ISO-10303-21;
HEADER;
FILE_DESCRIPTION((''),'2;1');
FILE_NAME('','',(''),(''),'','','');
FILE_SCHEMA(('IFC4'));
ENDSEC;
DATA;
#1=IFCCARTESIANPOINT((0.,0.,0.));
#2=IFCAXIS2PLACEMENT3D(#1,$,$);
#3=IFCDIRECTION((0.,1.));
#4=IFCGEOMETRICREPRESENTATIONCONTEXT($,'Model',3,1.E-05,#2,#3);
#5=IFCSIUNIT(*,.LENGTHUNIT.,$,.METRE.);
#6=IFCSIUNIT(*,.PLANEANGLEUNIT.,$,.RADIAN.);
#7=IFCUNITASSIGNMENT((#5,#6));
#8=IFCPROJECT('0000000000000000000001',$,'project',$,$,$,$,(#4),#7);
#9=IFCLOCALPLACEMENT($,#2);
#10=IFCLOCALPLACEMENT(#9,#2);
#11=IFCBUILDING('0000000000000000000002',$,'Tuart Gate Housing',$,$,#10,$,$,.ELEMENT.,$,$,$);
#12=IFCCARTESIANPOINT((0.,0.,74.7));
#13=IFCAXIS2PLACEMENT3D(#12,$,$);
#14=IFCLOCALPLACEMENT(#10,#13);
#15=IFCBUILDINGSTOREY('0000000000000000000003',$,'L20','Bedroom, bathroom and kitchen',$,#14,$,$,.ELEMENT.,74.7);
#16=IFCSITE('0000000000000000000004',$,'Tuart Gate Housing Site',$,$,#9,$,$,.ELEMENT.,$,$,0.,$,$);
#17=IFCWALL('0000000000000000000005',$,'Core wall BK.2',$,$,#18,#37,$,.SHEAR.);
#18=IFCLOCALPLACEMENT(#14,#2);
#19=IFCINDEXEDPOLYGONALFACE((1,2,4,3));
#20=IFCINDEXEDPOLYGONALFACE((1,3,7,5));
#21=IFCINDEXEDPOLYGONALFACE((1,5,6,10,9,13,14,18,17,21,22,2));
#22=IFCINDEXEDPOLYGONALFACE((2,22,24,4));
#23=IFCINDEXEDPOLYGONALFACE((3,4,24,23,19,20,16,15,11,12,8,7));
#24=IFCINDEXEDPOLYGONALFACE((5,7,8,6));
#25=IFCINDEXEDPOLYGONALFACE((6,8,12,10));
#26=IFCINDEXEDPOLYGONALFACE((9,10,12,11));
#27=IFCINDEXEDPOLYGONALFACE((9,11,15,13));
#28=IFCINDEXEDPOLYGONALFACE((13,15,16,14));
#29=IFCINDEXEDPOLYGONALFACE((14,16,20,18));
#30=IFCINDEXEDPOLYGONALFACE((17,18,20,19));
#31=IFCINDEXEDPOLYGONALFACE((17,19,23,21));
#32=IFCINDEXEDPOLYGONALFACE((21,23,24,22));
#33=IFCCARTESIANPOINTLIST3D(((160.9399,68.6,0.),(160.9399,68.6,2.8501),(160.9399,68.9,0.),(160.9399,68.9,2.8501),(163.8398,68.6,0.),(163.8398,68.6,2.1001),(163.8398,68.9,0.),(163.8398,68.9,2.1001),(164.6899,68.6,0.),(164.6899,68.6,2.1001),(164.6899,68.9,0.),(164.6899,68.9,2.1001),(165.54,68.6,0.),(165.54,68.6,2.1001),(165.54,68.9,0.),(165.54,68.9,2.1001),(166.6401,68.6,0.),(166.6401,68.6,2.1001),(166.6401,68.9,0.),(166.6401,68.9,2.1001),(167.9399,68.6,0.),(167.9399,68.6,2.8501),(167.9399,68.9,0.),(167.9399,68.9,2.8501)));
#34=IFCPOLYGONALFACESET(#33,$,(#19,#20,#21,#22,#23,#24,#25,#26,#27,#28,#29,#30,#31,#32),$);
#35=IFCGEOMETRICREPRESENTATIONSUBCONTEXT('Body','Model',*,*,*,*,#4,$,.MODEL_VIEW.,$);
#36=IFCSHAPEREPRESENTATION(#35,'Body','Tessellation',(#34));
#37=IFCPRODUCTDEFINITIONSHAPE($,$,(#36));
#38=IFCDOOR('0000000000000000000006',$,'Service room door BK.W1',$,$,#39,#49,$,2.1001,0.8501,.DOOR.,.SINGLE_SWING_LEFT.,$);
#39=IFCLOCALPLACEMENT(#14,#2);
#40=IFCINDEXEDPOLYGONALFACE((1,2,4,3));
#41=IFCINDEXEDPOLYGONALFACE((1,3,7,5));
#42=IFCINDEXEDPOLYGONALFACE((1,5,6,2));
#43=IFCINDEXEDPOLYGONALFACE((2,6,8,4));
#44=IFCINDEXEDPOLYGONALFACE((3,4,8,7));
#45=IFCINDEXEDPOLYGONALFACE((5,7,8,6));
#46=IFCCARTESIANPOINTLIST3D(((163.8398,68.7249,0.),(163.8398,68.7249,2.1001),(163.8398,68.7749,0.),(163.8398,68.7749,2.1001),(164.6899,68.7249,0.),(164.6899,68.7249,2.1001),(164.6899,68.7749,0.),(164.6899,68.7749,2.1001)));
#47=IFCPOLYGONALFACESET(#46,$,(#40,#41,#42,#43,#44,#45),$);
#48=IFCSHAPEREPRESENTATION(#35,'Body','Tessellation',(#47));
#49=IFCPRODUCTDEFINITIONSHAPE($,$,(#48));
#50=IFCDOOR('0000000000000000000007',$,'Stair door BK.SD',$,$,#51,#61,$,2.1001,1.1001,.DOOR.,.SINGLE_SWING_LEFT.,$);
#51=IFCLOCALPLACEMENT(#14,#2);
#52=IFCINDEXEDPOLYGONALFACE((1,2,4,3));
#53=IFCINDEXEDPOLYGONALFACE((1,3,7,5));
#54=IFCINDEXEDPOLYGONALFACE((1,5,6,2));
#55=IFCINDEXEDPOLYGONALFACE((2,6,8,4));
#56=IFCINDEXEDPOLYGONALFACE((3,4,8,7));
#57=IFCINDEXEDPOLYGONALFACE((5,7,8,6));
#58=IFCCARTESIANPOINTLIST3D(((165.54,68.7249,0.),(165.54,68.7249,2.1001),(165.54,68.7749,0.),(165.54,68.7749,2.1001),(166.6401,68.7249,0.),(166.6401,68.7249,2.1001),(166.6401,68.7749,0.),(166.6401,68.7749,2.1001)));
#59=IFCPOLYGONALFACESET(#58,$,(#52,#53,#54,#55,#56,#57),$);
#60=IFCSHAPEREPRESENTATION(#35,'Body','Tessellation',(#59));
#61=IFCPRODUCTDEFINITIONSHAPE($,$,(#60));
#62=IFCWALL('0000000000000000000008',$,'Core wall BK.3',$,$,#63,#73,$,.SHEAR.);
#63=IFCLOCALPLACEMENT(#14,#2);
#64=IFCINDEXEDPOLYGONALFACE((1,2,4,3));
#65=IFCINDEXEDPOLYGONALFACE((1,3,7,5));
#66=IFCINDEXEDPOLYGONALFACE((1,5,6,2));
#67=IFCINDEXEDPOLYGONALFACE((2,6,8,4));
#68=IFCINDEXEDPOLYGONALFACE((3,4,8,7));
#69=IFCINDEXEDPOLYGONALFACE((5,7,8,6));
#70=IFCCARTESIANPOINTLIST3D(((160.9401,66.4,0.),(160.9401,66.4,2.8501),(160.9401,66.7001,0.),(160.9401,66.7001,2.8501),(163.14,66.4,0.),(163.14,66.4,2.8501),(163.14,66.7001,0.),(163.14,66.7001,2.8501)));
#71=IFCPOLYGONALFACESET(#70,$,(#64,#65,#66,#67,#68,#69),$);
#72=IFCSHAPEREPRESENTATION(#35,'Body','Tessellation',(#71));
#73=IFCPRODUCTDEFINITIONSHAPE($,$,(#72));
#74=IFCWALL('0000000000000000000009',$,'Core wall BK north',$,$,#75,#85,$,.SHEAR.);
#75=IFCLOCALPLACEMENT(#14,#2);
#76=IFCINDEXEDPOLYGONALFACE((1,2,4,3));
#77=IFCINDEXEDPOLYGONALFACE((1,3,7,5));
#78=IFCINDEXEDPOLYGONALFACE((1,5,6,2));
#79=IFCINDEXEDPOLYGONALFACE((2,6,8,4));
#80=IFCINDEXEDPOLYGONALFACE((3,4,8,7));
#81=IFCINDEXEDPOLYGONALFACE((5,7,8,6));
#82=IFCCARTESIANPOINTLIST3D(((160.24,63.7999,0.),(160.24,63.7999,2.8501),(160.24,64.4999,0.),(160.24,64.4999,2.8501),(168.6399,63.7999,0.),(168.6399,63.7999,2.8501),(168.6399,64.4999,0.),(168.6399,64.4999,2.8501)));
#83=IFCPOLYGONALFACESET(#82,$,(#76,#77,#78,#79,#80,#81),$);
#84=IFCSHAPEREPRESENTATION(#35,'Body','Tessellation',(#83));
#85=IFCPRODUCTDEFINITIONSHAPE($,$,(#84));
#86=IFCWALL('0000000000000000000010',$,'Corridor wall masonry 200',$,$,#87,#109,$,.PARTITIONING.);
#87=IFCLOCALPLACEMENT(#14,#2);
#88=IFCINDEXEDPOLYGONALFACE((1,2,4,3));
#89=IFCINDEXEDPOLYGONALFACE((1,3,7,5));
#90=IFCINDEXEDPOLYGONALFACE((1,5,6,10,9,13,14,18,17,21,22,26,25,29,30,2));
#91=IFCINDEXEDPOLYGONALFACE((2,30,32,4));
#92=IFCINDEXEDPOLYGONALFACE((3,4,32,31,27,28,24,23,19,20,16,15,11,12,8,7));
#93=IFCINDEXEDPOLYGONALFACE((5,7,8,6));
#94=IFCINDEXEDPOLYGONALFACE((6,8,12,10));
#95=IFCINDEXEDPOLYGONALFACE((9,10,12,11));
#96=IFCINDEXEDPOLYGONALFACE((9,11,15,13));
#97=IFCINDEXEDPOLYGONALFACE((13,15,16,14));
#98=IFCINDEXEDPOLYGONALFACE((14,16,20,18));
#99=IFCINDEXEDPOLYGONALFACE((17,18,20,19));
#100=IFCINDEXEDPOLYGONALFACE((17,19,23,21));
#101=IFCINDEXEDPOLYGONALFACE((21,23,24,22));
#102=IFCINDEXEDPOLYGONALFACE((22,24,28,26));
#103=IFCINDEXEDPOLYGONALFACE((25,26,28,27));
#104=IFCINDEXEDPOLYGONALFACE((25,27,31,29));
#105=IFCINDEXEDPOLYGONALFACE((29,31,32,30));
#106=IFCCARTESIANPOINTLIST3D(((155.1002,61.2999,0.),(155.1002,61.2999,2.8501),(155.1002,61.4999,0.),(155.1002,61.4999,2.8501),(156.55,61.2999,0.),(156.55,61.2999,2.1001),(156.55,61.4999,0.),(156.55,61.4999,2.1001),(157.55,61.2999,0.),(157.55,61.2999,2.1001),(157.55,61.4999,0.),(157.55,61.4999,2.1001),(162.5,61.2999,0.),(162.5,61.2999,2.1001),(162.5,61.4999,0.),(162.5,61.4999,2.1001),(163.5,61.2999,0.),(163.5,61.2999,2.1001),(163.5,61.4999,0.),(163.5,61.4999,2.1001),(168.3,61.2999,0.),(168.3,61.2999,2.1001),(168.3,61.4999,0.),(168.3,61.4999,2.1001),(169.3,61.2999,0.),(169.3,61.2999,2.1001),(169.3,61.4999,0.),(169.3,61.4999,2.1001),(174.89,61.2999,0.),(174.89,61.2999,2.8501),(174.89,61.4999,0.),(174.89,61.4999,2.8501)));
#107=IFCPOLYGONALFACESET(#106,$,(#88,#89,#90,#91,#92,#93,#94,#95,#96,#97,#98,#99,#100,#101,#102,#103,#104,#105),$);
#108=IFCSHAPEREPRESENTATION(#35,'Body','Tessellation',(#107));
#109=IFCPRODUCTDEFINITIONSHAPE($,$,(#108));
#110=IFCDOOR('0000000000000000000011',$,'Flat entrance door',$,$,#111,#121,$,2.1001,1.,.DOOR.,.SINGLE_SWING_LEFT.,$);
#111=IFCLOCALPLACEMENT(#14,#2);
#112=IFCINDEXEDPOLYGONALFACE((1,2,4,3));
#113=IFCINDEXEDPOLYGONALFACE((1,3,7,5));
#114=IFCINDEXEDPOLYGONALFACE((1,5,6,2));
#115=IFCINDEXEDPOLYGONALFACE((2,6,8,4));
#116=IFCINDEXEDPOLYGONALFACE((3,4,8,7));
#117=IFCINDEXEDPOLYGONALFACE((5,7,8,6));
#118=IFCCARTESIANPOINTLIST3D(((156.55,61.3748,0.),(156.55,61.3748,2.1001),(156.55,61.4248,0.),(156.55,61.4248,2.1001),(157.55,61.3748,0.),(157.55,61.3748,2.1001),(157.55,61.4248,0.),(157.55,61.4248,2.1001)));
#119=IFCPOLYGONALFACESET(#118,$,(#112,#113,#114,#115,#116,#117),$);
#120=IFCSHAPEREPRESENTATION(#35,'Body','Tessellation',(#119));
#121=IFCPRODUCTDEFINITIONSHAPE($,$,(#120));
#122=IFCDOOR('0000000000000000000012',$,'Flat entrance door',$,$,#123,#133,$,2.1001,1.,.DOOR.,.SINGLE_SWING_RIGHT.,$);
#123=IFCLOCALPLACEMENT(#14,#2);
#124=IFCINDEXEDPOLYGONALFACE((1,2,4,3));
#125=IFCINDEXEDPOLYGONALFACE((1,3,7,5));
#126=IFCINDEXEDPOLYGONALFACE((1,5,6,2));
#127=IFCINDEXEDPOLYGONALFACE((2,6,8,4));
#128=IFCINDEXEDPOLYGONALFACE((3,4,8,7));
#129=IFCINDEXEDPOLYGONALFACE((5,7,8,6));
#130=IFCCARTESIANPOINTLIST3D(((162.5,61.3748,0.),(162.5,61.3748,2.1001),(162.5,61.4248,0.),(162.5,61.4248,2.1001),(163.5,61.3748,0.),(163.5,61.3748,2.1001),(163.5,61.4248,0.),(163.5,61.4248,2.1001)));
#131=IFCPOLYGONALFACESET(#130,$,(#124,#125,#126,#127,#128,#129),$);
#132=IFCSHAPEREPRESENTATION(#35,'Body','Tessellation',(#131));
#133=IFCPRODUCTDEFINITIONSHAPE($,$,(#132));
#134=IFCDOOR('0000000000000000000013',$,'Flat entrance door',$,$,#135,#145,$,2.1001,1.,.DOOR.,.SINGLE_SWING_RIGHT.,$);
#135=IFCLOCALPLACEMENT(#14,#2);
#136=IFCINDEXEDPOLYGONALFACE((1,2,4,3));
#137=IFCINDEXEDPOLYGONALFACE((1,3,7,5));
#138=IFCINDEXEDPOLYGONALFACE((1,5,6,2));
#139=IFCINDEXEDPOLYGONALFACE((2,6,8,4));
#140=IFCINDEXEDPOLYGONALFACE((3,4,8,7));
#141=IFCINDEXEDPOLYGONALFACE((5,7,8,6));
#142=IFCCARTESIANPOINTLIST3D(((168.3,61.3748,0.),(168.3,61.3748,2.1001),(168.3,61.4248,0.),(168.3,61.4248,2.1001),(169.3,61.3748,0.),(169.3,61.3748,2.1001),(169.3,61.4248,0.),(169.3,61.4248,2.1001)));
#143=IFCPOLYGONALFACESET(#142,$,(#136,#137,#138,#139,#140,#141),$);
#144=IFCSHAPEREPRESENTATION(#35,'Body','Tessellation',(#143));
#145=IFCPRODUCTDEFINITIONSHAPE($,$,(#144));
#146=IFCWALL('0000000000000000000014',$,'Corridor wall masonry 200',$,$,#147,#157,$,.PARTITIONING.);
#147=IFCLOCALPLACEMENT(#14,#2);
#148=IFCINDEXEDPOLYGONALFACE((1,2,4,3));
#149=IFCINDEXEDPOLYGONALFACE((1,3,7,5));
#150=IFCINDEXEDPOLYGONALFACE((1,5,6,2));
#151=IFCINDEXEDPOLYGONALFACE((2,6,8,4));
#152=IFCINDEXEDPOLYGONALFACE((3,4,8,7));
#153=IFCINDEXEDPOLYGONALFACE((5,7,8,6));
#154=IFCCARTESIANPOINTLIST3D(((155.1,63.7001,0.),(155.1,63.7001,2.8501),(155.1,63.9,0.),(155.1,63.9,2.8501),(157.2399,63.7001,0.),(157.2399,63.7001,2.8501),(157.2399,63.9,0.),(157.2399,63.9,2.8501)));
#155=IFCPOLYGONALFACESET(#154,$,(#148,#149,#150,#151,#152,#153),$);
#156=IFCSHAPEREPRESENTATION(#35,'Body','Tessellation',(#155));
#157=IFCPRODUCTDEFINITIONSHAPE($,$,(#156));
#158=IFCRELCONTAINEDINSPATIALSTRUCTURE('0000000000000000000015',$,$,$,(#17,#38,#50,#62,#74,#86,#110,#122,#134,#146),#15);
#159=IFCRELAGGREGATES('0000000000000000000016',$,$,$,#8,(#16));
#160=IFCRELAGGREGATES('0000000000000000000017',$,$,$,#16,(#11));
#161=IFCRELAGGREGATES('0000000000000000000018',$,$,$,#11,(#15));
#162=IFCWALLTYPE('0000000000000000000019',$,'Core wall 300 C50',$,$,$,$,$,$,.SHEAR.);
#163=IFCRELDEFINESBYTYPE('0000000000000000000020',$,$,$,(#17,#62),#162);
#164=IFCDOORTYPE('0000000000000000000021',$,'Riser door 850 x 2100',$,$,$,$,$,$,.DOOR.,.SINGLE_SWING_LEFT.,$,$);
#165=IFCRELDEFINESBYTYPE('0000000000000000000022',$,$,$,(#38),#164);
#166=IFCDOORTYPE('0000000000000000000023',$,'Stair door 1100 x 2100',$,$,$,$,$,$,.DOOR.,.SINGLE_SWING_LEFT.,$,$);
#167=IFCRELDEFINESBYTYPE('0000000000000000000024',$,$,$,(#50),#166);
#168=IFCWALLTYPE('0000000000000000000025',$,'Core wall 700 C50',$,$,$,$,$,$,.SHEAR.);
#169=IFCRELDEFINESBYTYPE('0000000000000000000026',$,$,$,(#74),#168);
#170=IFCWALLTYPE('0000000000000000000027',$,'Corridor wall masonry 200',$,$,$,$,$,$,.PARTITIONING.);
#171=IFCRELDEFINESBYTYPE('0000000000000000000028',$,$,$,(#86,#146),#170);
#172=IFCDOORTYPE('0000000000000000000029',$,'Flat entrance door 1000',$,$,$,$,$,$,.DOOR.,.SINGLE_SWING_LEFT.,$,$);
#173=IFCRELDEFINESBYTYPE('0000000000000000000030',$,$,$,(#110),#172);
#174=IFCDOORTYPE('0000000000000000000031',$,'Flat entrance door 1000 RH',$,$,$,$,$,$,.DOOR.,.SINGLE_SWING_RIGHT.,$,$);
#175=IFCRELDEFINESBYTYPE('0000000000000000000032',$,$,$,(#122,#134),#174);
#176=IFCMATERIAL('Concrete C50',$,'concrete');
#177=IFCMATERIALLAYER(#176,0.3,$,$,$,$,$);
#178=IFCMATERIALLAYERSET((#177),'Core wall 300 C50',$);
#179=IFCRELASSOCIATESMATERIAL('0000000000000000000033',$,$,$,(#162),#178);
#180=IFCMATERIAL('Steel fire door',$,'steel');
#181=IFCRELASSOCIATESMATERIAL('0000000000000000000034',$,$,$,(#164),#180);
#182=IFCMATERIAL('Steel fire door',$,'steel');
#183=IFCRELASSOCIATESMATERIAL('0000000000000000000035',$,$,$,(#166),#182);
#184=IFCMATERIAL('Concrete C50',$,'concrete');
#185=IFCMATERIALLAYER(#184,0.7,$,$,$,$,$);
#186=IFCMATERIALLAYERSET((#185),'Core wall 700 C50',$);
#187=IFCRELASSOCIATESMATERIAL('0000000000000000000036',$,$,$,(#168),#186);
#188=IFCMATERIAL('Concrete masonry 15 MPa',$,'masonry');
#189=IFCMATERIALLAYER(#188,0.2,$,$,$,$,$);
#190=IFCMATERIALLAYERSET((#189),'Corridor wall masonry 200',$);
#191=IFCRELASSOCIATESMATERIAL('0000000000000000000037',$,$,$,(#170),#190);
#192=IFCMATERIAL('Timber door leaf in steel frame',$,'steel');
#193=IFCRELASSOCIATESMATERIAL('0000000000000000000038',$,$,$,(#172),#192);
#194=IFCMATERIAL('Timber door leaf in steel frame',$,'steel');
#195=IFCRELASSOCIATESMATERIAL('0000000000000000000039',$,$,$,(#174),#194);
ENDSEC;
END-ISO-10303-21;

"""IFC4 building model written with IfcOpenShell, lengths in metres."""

from ifc_helpers import new_model, si_unit, direction, frame, frame_2d, origin, place, context, subcontext, project, spatial, rectangle, extrude, material, layer, layer_set, type_object, element, fill, save


model = new_model("IFC4")

# Units and contexts
model_context = context("Model", 3, precision=1e-05, world=origin(), true_north=direction((0.0, 1.0)))
body_context = subcontext(model_context, "Body", "Model", "MODEL_VIEW")
ifc_project = project(units=[si_unit("LENGTHUNIT", "METRE"), si_unit("PLANEANGLEUNIT", "RADIAN")], contexts=[model_context])

# Site, building, storey
site_placement = place(None, origin())
site = spatial("IfcSite", under=ifc_project, at=site_placement, Name="Tuart Gate Housing Site", CompositionType="ELEMENT", RefElevation=0.0)
building_placement = place(site_placement, origin())
building = spatial("IfcBuilding", under=site, at=building_placement, Name="Tuart Gate Housing", CompositionType="ELEMENT")
storey_placement = place(building_placement, frame((0.0, 0.0, 74.7)))
storey = spatial("IfcBuildingStorey", under=building, at=storey_placement, Name="L20", Description="Bedroom, bathroom and kitchen", CompositionType="ELEMENT", Elevation=74.7)

# Wall, openings, doors
ifc_material_1 = material(Name="Concrete C50", Category="concrete")
ifc_layer_1 = layer(ifc_material_1, 0.3)
ifc_layer_set_1 = layer_set([ifc_layer_1], Name="Core wall 300 C50")
wall_type_1 = type_object("IfcWallType", Name="Core wall 300 C50", PredefinedType="SHEAR", material=ifc_layer_set_1)
wall_1_placement = place(storey_placement, frame((160.9399, 68.75, 0.0), z_axis=(0.0, 0.0, 1.0), x_axis=(1.0, 0.0, 0.0)))
wall_1 = element("IfcWall", 1, at=wall_1_placement, inside=storey, type_object=wall_type_1, Name="Core wall BK.2", PredefinedType="SHEAR", context=body_context, shape_type="SweptSolid", body=[
    extrude(rectangle(XDim=7.0, YDim=0.3, at=frame_2d((3.5, 0.0))), origin(), (0.0, 0.0, 1.0), 2.8501),
])
opening_1_placement = place(wall_1_placement, frame((4.6001, 0.0, 0.0)))
opening_1 = element("IfcOpeningElement", 2, at=opening_1_placement, cuts=wall_1, PredefinedType="OPENING", context=body_context, shape_type="SweptSolid", body=[
    extrude(rectangle(XDim=1.1001, YDim=2.1001, at=frame_2d((0.55, 1.05))), frame((0.0, 0.1599, 0.0), z_axis=(0.0, -1.0, 0.0), x_axis=(1.0, 0.0, 0.0)), (0.0, 0.0, 1.0), 0.3201),
])
opening_2_placement = place(wall_1_placement, frame((2.8999, 0.0, 0.0)))
opening_2 = element("IfcOpeningElement", 3, at=opening_2_placement, cuts=wall_1, PredefinedType="OPENING", context=body_context, shape_type="SweptSolid", body=[
    extrude(rectangle(XDim=0.8501, YDim=2.1001, at=frame_2d((0.425, 1.05))), frame((0.0, 0.1599, 0.0), z_axis=(0.0, -1.0, 0.0), x_axis=(1.0, 0.0, 0.0)), (0.0, 0.0, 1.0), 0.3201),
])
ifc_material_2 = material(Name="Steel fire door", Category="steel")
door_type_1 = type_object("IfcDoorType", Name="Riser door 850 x 2100", OperationType="SINGLE_SWING_LEFT", PredefinedType="DOOR", material=ifc_material_2)
door_1_placement = place(opening_2_placement, origin())
door_1 = element("IfcDoor", 4, at=door_1_placement, inside=storey, type_object=door_type_1, Name="Service room door BK.W1", OperationType="SINGLE_SWING_LEFT", OverallHeight=2.1001, OverallWidth=0.8501, PredefinedType="DOOR", context=body_context, shape_type="SweptSolid", body=[
    extrude(rectangle(XDim=0.8501, YDim=2.1001, at=frame_2d((0.425, 1.05))), frame((0.0, 0.0249, 0.0), z_axis=(0.0, -1.0, 0.0), x_axis=(1.0, 0.0, 0.0)), (0.0, 0.0, 1.0), 0.05),
])
fill(opening_2, door_1)
ifc_material_3 = material(Name="Steel fire door", Category="steel")
door_type_2 = type_object("IfcDoorType", Name="Stair door 1100 x 2100", OperationType="SINGLE_SWING_LEFT", PredefinedType="DOOR", material=ifc_material_3)
door_2_placement = place(opening_1_placement, origin())
door_2 = element("IfcDoor", 5, at=door_2_placement, inside=storey, type_object=door_type_2, Name="Stair door BK.SD", OperationType="SINGLE_SWING_LEFT", OverallHeight=2.1001, OverallWidth=1.1001, PredefinedType="DOOR", context=body_context, shape_type="SweptSolid", body=[
    extrude(rectangle(XDim=1.1001, YDim=2.1001, at=frame_2d((0.55, 1.05))), frame((0.0, 0.0249, 0.0), z_axis=(0.0, -1.0, 0.0), x_axis=(1.0, 0.0, 0.0)), (0.0, 0.0, 1.0), 0.05),
])
fill(opening_1, door_2)

# Walls
wall_2_placement = place(storey_placement, frame((160.9399, 66.55, 0.0), z_axis=(0.0, 0.0, 1.0), x_axis=(1.0, 0.0, 0.0)))
element("IfcWall", 6, at=wall_2_placement, inside=storey, type_object=wall_type_1, Name="Core wall BK.3", PredefinedType="SHEAR", context=body_context, shape_type="SweptSolid", body=[
    extrude(rectangle(XDim=2.2, YDim=0.3, at=frame_2d((1.1001, 0.0))), origin(), (0.0, 0.0, 1.0), 2.8501),
])
ifc_material_4 = material(Name="Concrete C50", Category="concrete")
ifc_layer_2 = layer(ifc_material_4, 0.7)
ifc_layer_set_2 = layer_set([ifc_layer_2], Name="Core wall 700 C50")
wall_type_2 = type_object("IfcWallType", Name="Core wall 700 C50", PredefinedType="SHEAR", material=ifc_layer_set_2)
wall_3_placement = place(storey_placement, frame((160.24, 64.1499, 0.0), z_axis=(0.0, 0.0, 1.0), x_axis=(1.0, 0.0, 0.0)))
element("IfcWall", 7, at=wall_3_placement, inside=storey, type_object=wall_type_2, Name="Core wall BK north", PredefinedType="SHEAR", context=body_context, shape_type="SweptSolid", body=[
    extrude(rectangle(XDim=8.3999, YDim=0.7, at=frame_2d((4.2, 0.0))), origin(), (0.0, 0.0, 1.0), 2.8501),
])

# Wall, openings, doors
ifc_material_5 = material(Name="Concrete masonry 15 MPa", Category="masonry")
ifc_layer_3 = layer(ifc_material_5, 0.2)
ifc_layer_set_3 = layer_set([ifc_layer_3], Name="Corridor wall masonry 200")
wall_type_3 = type_object("IfcWallType", Name="Corridor wall masonry 200", PredefinedType="PARTITIONING", material=ifc_layer_set_3)
wall_4_placement = place(storey_placement, frame((155.1001, 61.3999, 0.0), z_axis=(0.0, 0.0, 1.0), x_axis=(1.0, 0.0, 0.0)))
wall_4 = element("IfcWall", 8, at=wall_4_placement, inside=storey, type_object=wall_type_3, Name="Corridor wall masonry 200", PredefinedType="PARTITIONING", context=body_context, shape_type="SweptSolid", body=[
    extrude(rectangle(XDim=19.7898, YDim=0.2, at=frame_2d((9.895, 0.0))), origin(), (0.0, 0.0, 1.0), 2.8501),
])
opening_3_placement = place(wall_4_placement, frame((1.45, 0.0, 0.0)))
opening_3 = element("IfcOpeningElement", 9, at=opening_3_placement, cuts=wall_4, PredefinedType="OPENING", context=body_context, shape_type="SweptSolid", body=[
    extrude(rectangle(XDim=1.0, YDim=2.1001, at=frame_2d((0.5, 1.05))), frame((0.0, 0.1099, 0.0), z_axis=(0.0, -1.0, 0.0), x_axis=(1.0, 0.0, 0.0)), (0.0, 0.0, 1.0), 0.22),
])
opening_4_placement = place(wall_4_placement, frame((7.3999, 0.0, 0.0)))
opening_4 = element("IfcOpeningElement", 10, at=opening_4_placement, cuts=wall_4, PredefinedType="OPENING", context=body_context, shape_type="SweptSolid", body=[
    extrude(rectangle(XDim=1.0, YDim=2.1001, at=frame_2d((0.5, 1.05))), frame((0.0, 0.1099, 0.0), z_axis=(0.0, -1.0, 0.0), x_axis=(1.0, 0.0, 0.0)), (0.0, 0.0, 1.0), 0.22),
])
opening_5_placement = place(wall_4_placement, frame((13.2, 0.0, 0.0)))
opening_5 = element("IfcOpeningElement", 11, at=opening_5_placement, cuts=wall_4, PredefinedType="OPENING", context=body_context, shape_type="SweptSolid", body=[
    extrude(rectangle(XDim=1.0, YDim=2.1001, at=frame_2d((0.5, 1.05))), frame((0.0, 0.1099, 0.0), z_axis=(0.0, -1.0, 0.0), x_axis=(1.0, 0.0, 0.0)), (0.0, 0.0, 1.0), 0.22),
])
ifc_material_6 = material(Name="Timber door leaf in steel frame", Category="steel")
door_type_3 = type_object("IfcDoorType", Name="Flat entrance door 1000", OperationType="SINGLE_SWING_LEFT", PredefinedType="DOOR", material=ifc_material_6)
door_3_placement = place(opening_3_placement, frame((1.0, 0.0, 0.0), z_axis=(0.0, 0.0, 1.0), x_axis=(-1.0, 0.0, 0.0)))
door_3 = element("IfcDoor", 12, at=door_3_placement, inside=storey, type_object=door_type_3, Name="Flat entrance door", OperationType="SINGLE_SWING_LEFT", OverallHeight=2.1001, OverallWidth=1.0, PredefinedType="DOOR", context=body_context, shape_type="SweptSolid", body=[
    extrude(rectangle(XDim=1.0, YDim=2.1001, at=frame_2d((0.5, 1.05))), frame((0.0, 0.0251, 0.0), z_axis=(0.0, -1.0, 0.0), x_axis=(1.0, 0.0, 0.0)), (0.0, 0.0, 1.0), 0.05),
])
fill(opening_3, door_3)
ifc_material_7 = material(Name="Timber door leaf in steel frame", Category="steel")
door_type_4 = type_object("IfcDoorType", Name="Flat entrance door 1000 RH", OperationType="SINGLE_SWING_RIGHT", PredefinedType="DOOR", material=ifc_material_7)
door_4_placement = place(opening_4_placement, frame((1.0, 0.0, 0.0), z_axis=(0.0, 0.0, 1.0), x_axis=(-1.0, 0.0, 0.0)))
door_4 = element("IfcDoor", 13, at=door_4_placement, inside=storey, type_object=door_type_4, Name="Flat entrance door", OperationType="SINGLE_SWING_RIGHT", OverallHeight=2.1001, OverallWidth=1.0, PredefinedType="DOOR", context=body_context, shape_type="SweptSolid", body=[
    extrude(rectangle(XDim=1.0, YDim=2.1001, at=frame_2d((0.5, 1.05))), frame((0.0, 0.0251, 0.0), z_axis=(0.0, -1.0, 0.0), x_axis=(1.0, 0.0, 0.0)), (0.0, 0.0, 1.0), 0.05),
])
fill(opening_4, door_4)
door_5_placement = place(opening_5_placement, frame((1.0, 0.0, 0.0), z_axis=(0.0, 0.0, 1.0), x_axis=(-1.0, 0.0, 0.0)))
door_5 = element("IfcDoor", 14, at=door_5_placement, inside=storey, type_object=door_type_4, Name="Flat entrance door", OperationType="SINGLE_SWING_RIGHT", OverallHeight=2.1001, OverallWidth=1.0, PredefinedType="DOOR", context=body_context, shape_type="SweptSolid", body=[
    extrude(rectangle(XDim=1.0, YDim=2.1001, at=frame_2d((0.5, 1.05))), frame((0.0, 0.0251, 0.0), z_axis=(0.0, -1.0, 0.0), x_axis=(1.0, 0.0, 0.0)), (0.0, 0.0, 1.0), 0.05),
])
fill(opening_5, door_5)

# Wall
wall_5_placement = place(storey_placement, frame((155.1001, 63.8, 0.0), z_axis=(0.0, 0.0, 1.0), x_axis=(1.0, 0.0, 0.0)))
element("IfcWall", 15, at=wall_5_placement, inside=storey, type_object=wall_type_3, Name="Corridor wall masonry 200", PredefinedType="PARTITIONING", context=body_context, shape_type="SweptSolid", body=[
    extrude(rectangle(XDim=2.1399, YDim=0.2, at=frame_2d((1.0698, 0.0))), origin(), (0.0, 0.0, 1.0), 2.8501),
])

save(model, "model.ifc")
